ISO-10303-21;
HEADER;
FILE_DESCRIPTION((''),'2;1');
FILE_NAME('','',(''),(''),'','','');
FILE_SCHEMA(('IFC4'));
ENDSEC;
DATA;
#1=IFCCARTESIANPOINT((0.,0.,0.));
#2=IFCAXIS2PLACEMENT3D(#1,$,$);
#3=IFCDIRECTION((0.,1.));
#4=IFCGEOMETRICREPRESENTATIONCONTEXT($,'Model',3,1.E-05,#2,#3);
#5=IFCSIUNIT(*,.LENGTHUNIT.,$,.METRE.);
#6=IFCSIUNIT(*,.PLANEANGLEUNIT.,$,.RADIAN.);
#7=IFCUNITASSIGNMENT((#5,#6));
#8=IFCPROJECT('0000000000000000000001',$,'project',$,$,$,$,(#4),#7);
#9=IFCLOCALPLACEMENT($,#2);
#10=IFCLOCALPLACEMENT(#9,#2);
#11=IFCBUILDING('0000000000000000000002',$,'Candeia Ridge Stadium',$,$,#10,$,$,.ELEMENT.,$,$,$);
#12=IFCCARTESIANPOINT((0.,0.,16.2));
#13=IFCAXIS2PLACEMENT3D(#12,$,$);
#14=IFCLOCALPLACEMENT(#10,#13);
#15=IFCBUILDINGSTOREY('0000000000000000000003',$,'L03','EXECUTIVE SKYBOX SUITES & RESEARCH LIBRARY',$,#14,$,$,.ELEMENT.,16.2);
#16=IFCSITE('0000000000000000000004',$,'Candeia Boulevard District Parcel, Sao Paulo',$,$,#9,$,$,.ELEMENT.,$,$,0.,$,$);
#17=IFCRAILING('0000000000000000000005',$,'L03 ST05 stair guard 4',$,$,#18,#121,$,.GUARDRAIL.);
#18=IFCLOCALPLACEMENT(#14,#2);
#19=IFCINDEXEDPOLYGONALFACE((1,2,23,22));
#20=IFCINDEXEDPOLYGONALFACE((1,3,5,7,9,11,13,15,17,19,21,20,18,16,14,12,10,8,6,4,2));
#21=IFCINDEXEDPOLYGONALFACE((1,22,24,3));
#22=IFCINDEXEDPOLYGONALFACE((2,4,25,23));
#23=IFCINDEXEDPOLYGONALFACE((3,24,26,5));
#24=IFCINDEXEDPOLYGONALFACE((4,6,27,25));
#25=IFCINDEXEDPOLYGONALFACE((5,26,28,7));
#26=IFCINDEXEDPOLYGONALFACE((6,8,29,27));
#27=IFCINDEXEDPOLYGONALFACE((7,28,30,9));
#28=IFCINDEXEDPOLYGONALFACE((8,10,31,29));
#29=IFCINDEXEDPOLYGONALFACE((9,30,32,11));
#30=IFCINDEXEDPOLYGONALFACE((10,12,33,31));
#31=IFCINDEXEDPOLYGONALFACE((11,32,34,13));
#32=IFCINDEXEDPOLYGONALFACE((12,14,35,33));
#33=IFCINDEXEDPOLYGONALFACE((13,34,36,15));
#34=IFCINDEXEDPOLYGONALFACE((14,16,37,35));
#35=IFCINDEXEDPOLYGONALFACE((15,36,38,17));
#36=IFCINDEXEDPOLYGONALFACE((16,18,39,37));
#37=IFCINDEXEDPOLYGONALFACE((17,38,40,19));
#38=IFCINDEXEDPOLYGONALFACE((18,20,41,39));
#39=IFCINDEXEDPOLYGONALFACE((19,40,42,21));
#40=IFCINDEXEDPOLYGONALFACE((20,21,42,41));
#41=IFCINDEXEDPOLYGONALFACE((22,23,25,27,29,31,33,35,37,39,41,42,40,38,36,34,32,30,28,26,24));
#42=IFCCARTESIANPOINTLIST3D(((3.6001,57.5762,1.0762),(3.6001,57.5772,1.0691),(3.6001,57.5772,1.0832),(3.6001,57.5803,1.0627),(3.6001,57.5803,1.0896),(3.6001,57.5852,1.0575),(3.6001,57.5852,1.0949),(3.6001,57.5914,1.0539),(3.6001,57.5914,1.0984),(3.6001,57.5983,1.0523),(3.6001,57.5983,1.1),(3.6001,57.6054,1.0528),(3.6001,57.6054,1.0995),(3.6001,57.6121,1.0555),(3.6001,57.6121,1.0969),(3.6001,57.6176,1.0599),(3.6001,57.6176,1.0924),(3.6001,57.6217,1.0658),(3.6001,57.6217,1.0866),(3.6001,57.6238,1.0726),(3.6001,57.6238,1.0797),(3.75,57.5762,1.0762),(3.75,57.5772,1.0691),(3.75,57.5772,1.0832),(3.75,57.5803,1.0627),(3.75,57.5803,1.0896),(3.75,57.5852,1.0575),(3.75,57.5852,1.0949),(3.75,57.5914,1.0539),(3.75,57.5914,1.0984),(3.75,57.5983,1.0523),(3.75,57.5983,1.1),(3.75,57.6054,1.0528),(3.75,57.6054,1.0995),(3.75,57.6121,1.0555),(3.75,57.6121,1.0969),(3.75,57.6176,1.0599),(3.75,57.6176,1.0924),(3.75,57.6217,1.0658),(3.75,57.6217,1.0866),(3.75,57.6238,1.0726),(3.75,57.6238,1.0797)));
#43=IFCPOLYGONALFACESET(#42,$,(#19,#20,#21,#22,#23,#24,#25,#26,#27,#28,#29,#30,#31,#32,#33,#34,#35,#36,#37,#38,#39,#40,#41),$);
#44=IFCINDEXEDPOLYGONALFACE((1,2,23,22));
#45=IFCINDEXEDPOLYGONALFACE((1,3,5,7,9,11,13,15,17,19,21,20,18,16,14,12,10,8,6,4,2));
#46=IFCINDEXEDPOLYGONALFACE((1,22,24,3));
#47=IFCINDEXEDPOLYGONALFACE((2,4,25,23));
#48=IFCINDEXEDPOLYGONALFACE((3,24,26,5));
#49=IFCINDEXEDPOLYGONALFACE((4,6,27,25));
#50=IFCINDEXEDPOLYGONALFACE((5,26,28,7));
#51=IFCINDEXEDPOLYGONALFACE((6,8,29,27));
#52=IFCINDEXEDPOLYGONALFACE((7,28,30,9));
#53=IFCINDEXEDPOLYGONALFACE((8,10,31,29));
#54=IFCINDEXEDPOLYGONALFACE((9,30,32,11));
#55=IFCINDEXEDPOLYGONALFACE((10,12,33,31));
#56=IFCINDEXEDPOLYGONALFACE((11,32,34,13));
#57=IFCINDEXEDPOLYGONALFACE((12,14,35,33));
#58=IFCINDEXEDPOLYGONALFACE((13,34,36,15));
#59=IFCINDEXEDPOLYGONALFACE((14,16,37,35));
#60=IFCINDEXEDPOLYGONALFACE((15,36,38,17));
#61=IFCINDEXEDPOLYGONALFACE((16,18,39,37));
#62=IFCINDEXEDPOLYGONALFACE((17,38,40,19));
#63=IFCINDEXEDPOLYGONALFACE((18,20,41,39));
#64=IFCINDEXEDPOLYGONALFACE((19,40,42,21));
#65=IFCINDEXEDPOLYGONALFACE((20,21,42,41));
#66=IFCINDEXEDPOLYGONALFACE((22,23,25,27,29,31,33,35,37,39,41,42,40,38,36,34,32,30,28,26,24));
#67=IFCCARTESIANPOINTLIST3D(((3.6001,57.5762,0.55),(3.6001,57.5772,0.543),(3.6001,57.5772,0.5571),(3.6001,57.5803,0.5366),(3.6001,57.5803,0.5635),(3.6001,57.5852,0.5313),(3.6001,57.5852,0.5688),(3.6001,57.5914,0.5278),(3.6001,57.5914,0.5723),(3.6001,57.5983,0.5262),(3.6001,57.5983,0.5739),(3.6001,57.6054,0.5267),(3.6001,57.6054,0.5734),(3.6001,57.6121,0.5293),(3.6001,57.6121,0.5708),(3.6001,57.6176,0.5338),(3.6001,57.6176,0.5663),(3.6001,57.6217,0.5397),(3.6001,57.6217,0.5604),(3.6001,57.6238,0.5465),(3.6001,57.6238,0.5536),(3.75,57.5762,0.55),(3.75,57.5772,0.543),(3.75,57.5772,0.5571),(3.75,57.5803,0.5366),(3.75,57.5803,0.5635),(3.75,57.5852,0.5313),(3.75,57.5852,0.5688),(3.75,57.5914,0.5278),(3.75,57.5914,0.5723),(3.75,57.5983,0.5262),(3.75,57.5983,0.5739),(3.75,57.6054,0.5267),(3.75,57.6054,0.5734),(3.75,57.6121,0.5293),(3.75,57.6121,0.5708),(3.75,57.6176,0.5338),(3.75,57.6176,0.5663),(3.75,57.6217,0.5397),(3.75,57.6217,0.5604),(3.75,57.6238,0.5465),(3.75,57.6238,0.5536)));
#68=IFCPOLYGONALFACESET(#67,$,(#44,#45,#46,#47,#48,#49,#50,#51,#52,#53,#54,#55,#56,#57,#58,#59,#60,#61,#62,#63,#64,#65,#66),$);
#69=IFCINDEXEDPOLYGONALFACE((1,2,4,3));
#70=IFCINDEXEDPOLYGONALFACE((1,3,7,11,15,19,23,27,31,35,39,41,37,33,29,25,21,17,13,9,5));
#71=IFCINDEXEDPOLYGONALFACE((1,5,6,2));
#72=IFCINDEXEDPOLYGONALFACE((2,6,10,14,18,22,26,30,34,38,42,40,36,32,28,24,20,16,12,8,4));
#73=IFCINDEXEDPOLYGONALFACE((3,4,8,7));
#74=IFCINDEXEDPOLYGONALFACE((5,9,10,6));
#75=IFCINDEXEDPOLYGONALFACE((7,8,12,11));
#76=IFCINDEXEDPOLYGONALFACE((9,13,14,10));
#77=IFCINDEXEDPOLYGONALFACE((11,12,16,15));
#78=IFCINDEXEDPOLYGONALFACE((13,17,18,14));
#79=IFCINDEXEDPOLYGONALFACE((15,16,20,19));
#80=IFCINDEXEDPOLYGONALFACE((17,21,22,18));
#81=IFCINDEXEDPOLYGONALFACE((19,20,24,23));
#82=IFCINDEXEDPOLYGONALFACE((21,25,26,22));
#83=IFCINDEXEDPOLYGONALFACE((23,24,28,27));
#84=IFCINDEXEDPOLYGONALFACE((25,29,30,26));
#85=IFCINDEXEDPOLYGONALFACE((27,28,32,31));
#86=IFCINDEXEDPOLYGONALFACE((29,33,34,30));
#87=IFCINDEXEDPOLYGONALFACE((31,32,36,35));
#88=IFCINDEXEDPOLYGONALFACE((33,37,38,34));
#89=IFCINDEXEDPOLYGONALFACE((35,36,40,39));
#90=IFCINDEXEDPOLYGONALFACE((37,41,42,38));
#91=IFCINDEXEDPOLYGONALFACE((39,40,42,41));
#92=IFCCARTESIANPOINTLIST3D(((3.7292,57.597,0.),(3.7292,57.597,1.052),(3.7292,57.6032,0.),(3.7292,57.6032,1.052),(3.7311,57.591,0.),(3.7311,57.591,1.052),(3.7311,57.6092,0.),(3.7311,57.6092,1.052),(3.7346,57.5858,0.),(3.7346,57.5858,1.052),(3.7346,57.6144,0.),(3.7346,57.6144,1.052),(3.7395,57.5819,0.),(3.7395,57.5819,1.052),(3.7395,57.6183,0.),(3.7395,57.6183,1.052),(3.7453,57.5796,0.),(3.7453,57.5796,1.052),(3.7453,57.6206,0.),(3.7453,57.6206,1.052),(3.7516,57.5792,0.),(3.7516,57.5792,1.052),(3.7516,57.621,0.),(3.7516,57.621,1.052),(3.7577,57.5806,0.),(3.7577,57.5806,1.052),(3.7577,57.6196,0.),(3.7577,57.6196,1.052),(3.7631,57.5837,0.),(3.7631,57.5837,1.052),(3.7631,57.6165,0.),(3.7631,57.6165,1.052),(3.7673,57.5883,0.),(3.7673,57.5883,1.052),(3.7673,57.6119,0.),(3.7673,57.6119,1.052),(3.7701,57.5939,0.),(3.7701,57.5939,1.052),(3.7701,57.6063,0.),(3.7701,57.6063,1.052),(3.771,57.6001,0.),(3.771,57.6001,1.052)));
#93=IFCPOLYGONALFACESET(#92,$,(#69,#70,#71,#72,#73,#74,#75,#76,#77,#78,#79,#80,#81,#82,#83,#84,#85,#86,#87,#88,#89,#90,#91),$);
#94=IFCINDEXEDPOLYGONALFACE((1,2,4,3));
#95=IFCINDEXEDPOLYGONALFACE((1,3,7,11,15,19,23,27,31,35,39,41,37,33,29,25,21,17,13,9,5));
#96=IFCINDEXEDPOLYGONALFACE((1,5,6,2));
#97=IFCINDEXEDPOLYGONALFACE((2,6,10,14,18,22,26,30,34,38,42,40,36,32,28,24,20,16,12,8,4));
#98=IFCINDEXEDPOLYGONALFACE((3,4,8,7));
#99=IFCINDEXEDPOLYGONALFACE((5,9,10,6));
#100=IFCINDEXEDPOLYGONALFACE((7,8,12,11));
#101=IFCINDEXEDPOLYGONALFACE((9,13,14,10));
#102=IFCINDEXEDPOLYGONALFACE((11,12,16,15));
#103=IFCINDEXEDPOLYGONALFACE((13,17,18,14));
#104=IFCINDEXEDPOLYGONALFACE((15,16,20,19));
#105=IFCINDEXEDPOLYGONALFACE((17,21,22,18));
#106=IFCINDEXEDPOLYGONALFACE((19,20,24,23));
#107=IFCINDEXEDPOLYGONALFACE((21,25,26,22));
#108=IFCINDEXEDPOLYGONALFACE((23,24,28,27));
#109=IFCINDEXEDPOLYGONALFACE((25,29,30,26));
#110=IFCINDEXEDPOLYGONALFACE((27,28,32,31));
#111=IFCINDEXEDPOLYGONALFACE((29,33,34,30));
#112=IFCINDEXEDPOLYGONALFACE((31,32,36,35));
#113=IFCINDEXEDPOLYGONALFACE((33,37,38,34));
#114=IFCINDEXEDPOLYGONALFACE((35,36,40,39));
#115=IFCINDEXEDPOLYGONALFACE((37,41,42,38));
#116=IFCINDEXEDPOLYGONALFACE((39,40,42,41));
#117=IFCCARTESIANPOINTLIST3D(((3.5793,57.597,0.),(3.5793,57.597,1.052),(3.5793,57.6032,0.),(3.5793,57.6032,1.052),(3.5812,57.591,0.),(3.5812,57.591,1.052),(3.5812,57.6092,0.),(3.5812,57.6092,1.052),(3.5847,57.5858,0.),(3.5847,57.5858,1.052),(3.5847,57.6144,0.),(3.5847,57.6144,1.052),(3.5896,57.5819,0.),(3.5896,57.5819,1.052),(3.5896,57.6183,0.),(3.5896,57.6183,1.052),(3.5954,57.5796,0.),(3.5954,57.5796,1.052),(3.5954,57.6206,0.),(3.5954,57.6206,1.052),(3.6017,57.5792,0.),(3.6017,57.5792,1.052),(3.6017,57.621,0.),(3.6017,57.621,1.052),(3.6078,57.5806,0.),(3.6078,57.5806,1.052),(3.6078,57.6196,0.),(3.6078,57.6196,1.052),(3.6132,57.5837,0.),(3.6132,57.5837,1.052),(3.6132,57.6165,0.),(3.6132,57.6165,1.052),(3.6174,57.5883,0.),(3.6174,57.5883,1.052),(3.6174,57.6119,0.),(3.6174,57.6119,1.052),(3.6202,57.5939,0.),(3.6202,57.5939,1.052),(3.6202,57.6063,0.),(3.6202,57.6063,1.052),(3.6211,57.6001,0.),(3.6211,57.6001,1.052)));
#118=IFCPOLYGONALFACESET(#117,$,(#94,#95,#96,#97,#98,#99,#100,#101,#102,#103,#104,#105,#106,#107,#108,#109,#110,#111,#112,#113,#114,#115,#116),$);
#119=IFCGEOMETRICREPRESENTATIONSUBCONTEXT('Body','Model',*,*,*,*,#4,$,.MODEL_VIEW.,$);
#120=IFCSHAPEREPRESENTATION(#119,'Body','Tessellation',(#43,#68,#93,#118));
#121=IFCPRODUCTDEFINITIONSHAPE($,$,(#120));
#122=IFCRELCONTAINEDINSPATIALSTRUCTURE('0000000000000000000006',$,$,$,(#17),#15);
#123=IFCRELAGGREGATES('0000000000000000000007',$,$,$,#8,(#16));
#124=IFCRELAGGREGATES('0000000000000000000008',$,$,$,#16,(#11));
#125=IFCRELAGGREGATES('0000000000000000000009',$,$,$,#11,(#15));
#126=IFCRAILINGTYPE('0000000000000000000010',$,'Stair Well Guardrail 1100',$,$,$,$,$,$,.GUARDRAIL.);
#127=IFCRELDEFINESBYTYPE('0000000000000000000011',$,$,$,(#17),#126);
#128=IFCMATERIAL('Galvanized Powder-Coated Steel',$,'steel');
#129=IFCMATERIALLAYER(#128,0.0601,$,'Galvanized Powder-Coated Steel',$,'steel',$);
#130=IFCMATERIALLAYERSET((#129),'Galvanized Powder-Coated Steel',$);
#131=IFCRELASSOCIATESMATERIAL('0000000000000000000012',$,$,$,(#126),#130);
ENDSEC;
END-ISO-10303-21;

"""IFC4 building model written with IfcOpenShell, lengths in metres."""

from ifc_helpers import new_model, si_unit, direction, frame, origin, origin_2d, place, context, subcontext, project, spatial, circle, extrude, material, layer, layer_set, type_object, element, save


model = new_model("IFC4")

# Units and contexts
model_context = context("Model", 3, precision=1e-05, world=origin(), true_north=direction((0.0, 1.0)))
body_context = subcontext(model_context, "Body", "Model", "MODEL_VIEW")
ifc_project = project(units=[si_unit("LENGTHUNIT", "METRE"), si_unit("PLANEANGLEUNIT", "RADIAN")], contexts=[model_context])

# Site, building, storey
site_placement = place(None, origin())
site = spatial("IfcSite", under=ifc_project, at=site_placement, Name="Candeia Boulevard District Parcel, Sao Paulo", CompositionType="ELEMENT", RefElevation=0.0)
building_placement = place(site_placement, origin())
building = spatial("IfcBuilding", under=site, at=building_placement, Name="Candeia Ridge Stadium", CompositionType="ELEMENT")
storey_placement = place(building_placement, frame((0.0, 0.0, 16.2)))
storey = spatial("IfcBuildingStorey", under=building, at=storey_placement, Name="L03", Description="EXECUTIVE SKYBOX SUITES & RESEARCH LIBRARY", CompositionType="ELEMENT", Elevation=16.2)

# Railing
ifc_material_1 = material(Name="Galvanized Powder-Coated Steel", Category="steel")
ifc_layer_1 = layer(ifc_material_1, 0.0601, Name="Galvanized Powder-Coated Steel", Category="steel")
ifc_layer_set_1 = layer_set([ifc_layer_1], Name="Galvanized Powder-Coated Steel")
railing_type_1 = type_object("IfcRailingType", Name="Stair Well Guardrail 1100", PredefinedType="GUARDRAIL", material=ifc_layer_set_1)
railing_1_placement = place(storey_placement, frame((3.75, 57.6001, 0.0)))
element("IfcRailing", 1, at=railing_1_placement, inside=storey, type_object=railing_type_1, Name="L03 ST05 stair guard 4", PredefinedType="GUARDRAIL", context=body_context, shape_type="SweptSolid", body=[
    extrude(circle(Radius=0.0239, at=origin_2d()), frame((0.0, 0.0, 1.0762), z_axis=(-1.0, 0.0, 0.0), x_axis=(0.0, -1.0, 0.0)), (0.0, 0.0, 1.0), 0.1499),
    extrude(circle(Radius=0.0239, at=origin_2d()), frame((0.0, 0.0, 0.55), z_axis=(-1.0, 0.0, 0.0), x_axis=(0.0, -1.0, 0.0)), (0.0, 0.0, 1.0), 0.1499),
    extrude(circle(Radius=0.021, at=origin_2d()), origin(), (0.0, 0.0, 1.0), 1.052),
    extrude(circle(Radius=0.021, at=origin_2d()), frame((-0.1499, 0.0, 0.0)), (0.0, 0.0, 1.0), 1.052),
])

save(model, "model.ifc")
